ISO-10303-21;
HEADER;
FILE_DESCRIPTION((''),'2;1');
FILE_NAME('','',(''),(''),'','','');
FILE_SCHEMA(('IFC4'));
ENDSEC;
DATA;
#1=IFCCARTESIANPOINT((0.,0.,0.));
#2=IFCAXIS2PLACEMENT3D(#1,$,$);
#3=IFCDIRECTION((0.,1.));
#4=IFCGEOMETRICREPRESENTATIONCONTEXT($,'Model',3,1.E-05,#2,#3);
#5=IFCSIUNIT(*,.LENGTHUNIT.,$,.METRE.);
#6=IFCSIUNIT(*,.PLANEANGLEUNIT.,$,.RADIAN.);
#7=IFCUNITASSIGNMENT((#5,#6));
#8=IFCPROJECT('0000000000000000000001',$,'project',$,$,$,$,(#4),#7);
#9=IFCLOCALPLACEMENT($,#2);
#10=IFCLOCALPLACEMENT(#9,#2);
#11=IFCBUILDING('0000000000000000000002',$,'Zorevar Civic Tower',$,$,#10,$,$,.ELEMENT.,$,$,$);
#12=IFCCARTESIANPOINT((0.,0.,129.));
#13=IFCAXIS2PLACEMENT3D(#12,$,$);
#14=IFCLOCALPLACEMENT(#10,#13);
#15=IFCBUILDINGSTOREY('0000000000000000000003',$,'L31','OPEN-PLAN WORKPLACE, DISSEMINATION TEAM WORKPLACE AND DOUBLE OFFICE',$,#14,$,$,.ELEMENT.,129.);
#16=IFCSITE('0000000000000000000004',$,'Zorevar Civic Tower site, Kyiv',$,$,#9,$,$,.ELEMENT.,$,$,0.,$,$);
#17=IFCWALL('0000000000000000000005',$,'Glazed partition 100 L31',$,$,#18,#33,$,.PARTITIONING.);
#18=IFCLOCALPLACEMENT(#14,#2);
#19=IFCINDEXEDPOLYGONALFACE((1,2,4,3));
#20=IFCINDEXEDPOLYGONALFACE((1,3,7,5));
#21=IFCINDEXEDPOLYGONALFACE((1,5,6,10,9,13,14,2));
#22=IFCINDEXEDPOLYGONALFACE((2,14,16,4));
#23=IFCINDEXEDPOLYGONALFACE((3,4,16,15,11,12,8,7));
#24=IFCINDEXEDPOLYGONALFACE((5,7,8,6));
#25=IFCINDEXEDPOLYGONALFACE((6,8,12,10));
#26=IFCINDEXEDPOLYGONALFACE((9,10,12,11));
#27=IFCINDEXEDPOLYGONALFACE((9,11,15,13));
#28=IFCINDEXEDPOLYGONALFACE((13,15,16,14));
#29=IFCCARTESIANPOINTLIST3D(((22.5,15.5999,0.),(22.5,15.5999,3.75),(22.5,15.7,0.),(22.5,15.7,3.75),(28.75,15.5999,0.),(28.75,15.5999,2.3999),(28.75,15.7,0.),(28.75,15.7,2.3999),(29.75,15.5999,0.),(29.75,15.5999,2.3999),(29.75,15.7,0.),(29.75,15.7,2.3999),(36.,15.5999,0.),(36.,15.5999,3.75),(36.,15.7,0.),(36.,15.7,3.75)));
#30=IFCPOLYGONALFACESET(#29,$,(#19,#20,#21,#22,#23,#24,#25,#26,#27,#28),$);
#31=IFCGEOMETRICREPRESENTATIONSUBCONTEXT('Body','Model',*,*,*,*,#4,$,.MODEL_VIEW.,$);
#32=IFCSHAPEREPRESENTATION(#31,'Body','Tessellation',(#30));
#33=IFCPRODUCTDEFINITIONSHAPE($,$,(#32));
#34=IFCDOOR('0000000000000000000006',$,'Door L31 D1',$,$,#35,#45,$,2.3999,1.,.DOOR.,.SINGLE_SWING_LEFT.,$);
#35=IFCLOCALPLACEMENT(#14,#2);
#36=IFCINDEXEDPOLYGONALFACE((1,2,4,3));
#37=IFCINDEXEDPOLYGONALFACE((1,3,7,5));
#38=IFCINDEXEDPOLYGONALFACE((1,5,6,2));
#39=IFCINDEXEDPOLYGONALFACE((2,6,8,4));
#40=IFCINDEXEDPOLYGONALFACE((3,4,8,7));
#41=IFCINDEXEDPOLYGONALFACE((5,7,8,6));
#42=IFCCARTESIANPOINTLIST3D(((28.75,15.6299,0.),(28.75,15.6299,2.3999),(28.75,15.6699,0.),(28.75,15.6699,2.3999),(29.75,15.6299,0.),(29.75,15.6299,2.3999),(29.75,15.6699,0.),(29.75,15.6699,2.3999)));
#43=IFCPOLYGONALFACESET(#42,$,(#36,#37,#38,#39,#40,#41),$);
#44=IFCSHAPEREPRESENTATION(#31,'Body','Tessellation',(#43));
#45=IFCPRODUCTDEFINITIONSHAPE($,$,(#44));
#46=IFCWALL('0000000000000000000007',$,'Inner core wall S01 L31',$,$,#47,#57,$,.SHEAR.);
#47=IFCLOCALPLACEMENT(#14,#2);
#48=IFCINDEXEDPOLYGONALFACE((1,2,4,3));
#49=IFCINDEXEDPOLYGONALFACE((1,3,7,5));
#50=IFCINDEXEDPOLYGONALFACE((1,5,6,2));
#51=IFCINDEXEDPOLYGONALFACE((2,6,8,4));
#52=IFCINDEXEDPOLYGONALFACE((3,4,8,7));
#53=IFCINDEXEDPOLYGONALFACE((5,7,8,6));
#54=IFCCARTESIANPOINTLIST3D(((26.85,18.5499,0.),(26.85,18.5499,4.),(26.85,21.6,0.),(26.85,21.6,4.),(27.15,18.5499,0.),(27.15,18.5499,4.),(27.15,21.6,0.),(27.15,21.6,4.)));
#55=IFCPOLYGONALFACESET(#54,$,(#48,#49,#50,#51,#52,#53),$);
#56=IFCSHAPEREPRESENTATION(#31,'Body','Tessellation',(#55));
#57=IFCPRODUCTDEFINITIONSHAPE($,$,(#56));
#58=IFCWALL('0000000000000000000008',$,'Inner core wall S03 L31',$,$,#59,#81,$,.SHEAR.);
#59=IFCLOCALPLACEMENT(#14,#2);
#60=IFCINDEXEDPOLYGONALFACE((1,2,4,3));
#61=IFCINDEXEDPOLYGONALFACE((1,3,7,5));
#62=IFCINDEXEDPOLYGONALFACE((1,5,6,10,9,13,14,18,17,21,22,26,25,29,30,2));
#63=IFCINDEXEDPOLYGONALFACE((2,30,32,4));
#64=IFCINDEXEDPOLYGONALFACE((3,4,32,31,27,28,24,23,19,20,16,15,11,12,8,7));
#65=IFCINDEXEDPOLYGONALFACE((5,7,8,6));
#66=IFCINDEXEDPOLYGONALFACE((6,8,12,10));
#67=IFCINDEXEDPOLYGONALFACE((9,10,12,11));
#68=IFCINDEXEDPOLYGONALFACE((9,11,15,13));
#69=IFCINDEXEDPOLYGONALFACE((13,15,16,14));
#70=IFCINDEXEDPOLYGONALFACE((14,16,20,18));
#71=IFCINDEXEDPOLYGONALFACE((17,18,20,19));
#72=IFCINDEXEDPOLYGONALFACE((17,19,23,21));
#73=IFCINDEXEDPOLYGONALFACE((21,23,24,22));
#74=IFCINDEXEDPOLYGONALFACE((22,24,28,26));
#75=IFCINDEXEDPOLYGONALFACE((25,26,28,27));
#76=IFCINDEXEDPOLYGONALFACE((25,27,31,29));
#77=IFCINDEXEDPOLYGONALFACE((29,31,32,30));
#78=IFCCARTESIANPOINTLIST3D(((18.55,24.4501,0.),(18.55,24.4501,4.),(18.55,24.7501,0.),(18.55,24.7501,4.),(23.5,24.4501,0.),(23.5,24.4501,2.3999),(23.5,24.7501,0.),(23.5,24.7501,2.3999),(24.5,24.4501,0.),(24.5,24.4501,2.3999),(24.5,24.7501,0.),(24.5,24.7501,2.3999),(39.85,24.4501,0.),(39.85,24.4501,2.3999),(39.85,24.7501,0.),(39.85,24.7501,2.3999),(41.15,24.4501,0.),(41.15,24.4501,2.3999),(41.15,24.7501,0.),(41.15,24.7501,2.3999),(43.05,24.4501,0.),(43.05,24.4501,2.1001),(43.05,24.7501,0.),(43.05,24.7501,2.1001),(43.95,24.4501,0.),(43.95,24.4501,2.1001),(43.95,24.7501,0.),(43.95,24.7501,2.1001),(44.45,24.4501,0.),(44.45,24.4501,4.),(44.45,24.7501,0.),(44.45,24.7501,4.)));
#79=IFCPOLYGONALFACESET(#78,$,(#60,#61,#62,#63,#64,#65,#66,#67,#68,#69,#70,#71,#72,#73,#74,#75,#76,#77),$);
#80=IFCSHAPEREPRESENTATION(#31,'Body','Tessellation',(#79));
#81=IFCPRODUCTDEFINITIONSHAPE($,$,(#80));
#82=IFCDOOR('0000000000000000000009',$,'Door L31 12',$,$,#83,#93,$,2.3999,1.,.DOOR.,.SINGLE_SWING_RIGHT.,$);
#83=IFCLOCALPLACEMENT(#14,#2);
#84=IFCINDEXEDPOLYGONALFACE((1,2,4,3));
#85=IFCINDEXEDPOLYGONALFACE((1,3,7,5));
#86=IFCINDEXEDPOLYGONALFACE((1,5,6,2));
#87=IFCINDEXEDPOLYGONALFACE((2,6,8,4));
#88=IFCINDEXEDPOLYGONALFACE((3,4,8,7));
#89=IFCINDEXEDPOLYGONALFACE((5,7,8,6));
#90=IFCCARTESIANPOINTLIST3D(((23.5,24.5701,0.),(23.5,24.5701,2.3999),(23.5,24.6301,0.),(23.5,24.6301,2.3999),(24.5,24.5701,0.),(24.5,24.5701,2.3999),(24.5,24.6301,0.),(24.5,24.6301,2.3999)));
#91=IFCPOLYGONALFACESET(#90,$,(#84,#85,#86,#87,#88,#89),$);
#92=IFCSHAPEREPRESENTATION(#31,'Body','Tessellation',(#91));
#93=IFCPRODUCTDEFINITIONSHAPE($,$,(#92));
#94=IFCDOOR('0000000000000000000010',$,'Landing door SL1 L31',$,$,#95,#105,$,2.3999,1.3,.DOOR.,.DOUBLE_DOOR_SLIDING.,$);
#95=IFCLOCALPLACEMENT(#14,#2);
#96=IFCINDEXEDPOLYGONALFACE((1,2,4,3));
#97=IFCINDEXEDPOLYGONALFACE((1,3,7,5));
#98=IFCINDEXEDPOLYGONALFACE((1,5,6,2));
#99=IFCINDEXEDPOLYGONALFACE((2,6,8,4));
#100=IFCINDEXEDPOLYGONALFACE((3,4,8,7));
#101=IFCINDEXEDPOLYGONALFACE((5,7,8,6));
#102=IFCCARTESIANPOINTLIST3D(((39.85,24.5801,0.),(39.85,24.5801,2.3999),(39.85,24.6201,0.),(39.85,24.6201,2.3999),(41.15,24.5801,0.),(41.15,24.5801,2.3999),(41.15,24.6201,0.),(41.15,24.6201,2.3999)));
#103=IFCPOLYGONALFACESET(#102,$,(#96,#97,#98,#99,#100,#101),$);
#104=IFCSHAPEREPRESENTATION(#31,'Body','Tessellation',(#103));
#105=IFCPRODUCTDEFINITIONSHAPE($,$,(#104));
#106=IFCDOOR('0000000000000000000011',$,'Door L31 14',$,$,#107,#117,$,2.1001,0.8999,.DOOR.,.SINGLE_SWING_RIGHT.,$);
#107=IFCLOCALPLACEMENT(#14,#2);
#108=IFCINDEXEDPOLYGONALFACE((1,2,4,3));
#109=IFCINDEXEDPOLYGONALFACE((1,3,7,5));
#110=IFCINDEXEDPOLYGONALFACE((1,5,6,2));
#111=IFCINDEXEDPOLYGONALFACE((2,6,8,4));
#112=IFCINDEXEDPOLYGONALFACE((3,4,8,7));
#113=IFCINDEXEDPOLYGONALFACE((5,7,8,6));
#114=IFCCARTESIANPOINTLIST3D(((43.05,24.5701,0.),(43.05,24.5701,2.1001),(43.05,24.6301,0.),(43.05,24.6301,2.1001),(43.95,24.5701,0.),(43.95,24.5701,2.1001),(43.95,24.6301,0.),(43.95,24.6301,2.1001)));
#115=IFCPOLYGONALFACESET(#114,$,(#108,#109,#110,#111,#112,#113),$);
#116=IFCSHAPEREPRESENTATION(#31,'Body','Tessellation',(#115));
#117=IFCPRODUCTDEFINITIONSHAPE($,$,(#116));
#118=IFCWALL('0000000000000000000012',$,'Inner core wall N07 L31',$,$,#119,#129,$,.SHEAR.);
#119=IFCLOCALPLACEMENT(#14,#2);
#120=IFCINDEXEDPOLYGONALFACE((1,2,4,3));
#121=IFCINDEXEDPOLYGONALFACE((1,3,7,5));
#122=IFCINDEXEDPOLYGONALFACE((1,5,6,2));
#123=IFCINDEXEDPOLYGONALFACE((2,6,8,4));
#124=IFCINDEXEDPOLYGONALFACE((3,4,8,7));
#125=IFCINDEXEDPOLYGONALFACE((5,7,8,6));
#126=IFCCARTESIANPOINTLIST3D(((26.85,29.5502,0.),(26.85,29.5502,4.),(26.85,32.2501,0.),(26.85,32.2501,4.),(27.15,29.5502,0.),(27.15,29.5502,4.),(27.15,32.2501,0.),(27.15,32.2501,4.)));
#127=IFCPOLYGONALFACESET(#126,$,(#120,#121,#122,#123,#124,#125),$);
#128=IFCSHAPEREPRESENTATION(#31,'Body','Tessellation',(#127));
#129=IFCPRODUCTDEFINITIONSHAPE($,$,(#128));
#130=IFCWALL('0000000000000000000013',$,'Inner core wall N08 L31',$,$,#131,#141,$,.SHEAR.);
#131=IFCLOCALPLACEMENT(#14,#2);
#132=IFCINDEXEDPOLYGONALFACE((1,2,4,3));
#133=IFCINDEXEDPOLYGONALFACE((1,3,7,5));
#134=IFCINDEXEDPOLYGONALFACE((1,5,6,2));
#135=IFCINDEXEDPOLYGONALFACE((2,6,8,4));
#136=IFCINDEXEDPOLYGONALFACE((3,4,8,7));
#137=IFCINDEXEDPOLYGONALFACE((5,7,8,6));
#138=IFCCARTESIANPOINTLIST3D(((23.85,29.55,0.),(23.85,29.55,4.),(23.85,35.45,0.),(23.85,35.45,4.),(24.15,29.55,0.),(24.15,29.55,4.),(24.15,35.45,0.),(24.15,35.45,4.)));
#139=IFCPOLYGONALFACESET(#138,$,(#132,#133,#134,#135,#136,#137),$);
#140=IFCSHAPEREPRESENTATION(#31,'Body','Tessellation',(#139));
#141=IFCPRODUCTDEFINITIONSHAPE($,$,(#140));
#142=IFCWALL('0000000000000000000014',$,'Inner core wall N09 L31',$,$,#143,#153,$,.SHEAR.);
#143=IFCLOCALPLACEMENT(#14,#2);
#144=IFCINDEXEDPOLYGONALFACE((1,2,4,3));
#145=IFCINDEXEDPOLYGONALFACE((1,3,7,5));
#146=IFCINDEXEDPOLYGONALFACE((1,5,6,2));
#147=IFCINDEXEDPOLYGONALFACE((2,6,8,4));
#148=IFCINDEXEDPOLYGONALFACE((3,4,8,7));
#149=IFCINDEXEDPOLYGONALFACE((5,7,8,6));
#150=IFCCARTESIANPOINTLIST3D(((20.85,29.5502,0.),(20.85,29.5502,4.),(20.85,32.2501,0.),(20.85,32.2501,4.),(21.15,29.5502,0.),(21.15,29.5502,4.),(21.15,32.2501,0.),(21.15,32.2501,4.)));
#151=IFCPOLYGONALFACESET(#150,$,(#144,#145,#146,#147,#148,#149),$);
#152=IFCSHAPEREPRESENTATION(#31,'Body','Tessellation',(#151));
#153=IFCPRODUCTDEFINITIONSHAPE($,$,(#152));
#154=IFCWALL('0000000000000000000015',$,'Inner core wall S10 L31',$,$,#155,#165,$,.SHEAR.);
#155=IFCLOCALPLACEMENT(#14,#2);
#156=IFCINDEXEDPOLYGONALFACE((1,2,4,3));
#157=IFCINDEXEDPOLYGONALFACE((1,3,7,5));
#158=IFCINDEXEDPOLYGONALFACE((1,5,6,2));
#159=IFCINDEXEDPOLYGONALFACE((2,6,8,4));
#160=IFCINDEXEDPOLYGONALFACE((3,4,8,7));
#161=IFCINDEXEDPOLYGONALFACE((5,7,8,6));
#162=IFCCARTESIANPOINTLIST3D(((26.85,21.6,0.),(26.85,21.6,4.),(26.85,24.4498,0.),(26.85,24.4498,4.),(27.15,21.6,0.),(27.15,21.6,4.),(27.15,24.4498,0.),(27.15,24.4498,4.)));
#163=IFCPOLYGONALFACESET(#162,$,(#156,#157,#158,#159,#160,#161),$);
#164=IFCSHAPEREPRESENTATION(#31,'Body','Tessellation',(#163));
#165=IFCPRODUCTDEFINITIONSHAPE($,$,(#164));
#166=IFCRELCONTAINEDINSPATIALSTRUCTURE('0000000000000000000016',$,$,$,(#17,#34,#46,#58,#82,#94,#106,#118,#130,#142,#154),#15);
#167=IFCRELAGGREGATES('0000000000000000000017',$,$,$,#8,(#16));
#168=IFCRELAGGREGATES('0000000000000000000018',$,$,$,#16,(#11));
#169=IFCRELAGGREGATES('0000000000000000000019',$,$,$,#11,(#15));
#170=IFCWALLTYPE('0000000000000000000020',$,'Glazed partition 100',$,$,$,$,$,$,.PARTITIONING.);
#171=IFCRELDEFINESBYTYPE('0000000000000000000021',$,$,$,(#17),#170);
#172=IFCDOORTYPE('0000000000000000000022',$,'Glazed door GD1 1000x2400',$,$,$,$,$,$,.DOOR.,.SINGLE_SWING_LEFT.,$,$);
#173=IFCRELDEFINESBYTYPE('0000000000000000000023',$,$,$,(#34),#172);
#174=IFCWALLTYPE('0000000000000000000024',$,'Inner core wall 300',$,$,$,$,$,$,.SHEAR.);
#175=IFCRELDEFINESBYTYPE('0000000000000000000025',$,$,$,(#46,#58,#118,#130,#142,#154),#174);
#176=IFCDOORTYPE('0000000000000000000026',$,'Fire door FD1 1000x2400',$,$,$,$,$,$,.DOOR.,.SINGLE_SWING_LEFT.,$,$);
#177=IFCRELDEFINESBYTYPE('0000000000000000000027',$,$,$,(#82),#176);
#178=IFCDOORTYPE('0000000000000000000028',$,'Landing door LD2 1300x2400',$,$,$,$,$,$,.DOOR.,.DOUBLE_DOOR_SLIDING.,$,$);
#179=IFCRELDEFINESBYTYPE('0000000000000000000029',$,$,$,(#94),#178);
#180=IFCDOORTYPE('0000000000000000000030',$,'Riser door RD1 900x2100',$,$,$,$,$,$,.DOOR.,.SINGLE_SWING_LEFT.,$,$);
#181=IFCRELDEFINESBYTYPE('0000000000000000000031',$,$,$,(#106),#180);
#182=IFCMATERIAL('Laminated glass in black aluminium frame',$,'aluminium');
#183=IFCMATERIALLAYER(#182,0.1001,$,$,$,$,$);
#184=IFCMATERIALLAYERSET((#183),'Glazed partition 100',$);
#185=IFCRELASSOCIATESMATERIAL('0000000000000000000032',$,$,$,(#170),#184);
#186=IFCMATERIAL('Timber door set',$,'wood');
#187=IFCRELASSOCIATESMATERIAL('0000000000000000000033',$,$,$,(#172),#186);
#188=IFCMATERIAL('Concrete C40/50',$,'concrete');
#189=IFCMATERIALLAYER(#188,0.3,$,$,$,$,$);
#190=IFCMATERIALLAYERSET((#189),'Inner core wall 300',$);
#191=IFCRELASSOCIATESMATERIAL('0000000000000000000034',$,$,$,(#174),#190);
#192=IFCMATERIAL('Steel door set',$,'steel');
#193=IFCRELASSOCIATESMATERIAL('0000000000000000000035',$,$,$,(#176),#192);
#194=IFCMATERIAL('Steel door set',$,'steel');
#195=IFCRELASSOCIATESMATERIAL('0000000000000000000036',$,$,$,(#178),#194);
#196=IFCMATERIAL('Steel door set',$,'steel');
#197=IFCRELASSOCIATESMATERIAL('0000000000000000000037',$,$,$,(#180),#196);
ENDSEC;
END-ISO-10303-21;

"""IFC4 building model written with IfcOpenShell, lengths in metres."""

from ifc_helpers import new_model, si_unit, direction, frame, frame_2d, origin, place, context, subcontext, project, spatial, rectangle, extrude, material, layer, layer_set, type_object, element, fill, save


model = new_model("IFC4")

# Units and contexts
model_context = context("Model", 3, precision=1e-05, world=origin(), true_north=direction((0.0, 1.0)))
body_context = subcontext(model_context, "Body", "Model", "MODEL_VIEW")
ifc_project = project(units=[si_unit("LENGTHUNIT", "METRE"), si_unit("PLANEANGLEUNIT", "RADIAN")], contexts=[model_context])

# Site, building, storey
site_placement = place(None, origin())
site = spatial("IfcSite", under=ifc_project, at=site_placement, Name="Zorevar Civic Tower site, Kyiv", CompositionType="ELEMENT", RefElevation=0.0)
building_placement = place(site_placement, origin())
building = spatial("IfcBuilding", under=site, at=building_placement, Name="Zorevar Civic Tower", CompositionType="ELEMENT")
storey_placement = place(building_placement, frame((0.0, 0.0, 129.0)))
storey = spatial("IfcBuildingStorey", under=building, at=storey_placement, Name="L31", Description="OPEN-PLAN WORKPLACE, DISSEMINATION TEAM WORKPLACE AND DOUBLE OFFICE", CompositionType="ELEMENT", Elevation=129.0)

# Wall, opening, door
ifc_material_1 = material(Name="Laminated glass in black aluminium frame", Category="aluminium")
ifc_layer_1 = layer(ifc_material_1, 0.1001)
ifc_layer_set_1 = layer_set([ifc_layer_1], Name="Glazed partition 100")
wall_type_1 = type_object("IfcWallType", Name="Glazed partition 100", PredefinedType="PARTITIONING", material=ifc_layer_set_1)
wall_1_placement = place(storey_placement, frame((22.5, 15.6499, 0.0), z_axis=(0.0, 0.0, 1.0), x_axis=(1.0, 0.0, 0.0)))
wall_1 = element("IfcWall", 1, at=wall_1_placement, inside=storey, type_object=wall_type_1, Name="Glazed partition 100 L31", PredefinedType="PARTITIONING", context=body_context, shape_type="SweptSolid", body=[
    extrude(rectangle(XDim=13.5, YDim=0.1001, at=frame_2d((6.75, 0.0))), origin(), (0.0, 0.0, 1.0), 3.75),
])
opening_1_placement = place(wall_1_placement, frame((6.25, 0.0, 0.0)))
opening_1 = element("IfcOpeningElement", 2, at=opening_1_placement, cuts=wall_1, PredefinedType="OPENING", context=body_context, shape_type="SweptSolid", body=[
    extrude(rectangle(XDim=1.0, YDim=2.3999, at=frame_2d((0.5, 1.2))), frame((0.0, 0.0601, 0.0), z_axis=(0.0, -1.0, 0.0), x_axis=(1.0, 0.0, 0.0)), (0.0, 0.0, 1.0), 0.1201),
])
ifc_material_2 = material(Name="Timber door set", Category="wood")
door_type_1 = type_object("IfcDoorType", Name="Glazed door GD1 1000x2400", OperationType="SINGLE_SWING_LEFT", PredefinedType="DOOR", material=ifc_material_2)
door_1_placement = place(opening_1_placement, origin())
door_1 = element("IfcDoor", 3, at=door_1_placement, inside=storey, type_object=door_type_1, Name="Door L31 D1", OperationType="SINGLE_SWING_LEFT", OverallHeight=2.3999, OverallWidth=1.0, PredefinedType="DOOR", context=body_context, shape_type="SweptSolid", body=[
    extrude(rectangle(XDim=1.0, YDim=2.3999, at=frame_2d((0.5, 1.2))), frame((0.0, 0.02, 0.0), z_axis=(0.0, -1.0, 0.0), x_axis=(1.0, 0.0, 0.0)), (0.0, 0.0, 1.0), 0.04),
])
fill(opening_1, door_1)

# Wall
ifc_material_3 = material(Name="Concrete C40/50", Category="concrete")
ifc_layer_2 = layer(ifc_material_3, 0.3)
ifc_layer_set_2 = layer_set([ifc_layer_2], Name="Inner core wall 300")
wall_type_2 = type_object("IfcWallType", Name="Inner core wall 300", PredefinedType="SHEAR", material=ifc_layer_set_2)
wall_2_placement = place(storey_placement, frame((27.0, 18.55, 0.0), z_axis=(0.0, 0.0, 1.0), x_axis=(0.0, 1.0, 0.0)))
element("IfcWall", 4, at=wall_2_placement, inside=storey, type_object=wall_type_2, Name="Inner core wall S01 L31", PredefinedType="SHEAR", context=body_context, shape_type="SweptSolid", body=[
    extrude(rectangle(XDim=3.05, YDim=0.3, at=frame_2d((1.5249, 0.0))), origin(), (0.0, 0.0, 1.0), 4.0),
])

# Wall, openings, doors
wall_3_placement = place(storey_placement, frame((18.55, 24.6001, 0.0), z_axis=(0.0, 0.0, 1.0), x_axis=(1.0, 0.0, 0.0)))
wall_3 = element("IfcWall", 5, at=wall_3_placement, inside=storey, type_object=wall_type_2, Name="Inner core wall S03 L31", PredefinedType="SHEAR", context=body_context, shape_type="SweptSolid", body=[
    extrude(rectangle(XDim=25.8999, YDim=0.3, at=frame_2d((12.95, 0.0))), origin(), (0.0, 0.0, 1.0), 4.0),
])
opening_2_placement = place(wall_3_placement, frame((4.95, 0.0, 0.0)))
opening_2 = element("IfcOpeningElement", 6, at=opening_2_placement, cuts=wall_3, PredefinedType="OPENING", context=body_context, shape_type="SweptSolid", body=[
    extrude(rectangle(XDim=1.0, YDim=2.3999, at=frame_2d((0.5, 1.2))), frame((0.0, 0.1599, 0.0), z_axis=(0.0, -1.0, 0.0), x_axis=(1.0, 0.0, 0.0)), (0.0, 0.0, 1.0), 0.3201),
])
opening_3_placement = place(wall_3_placement, frame((24.5, 0.0, 0.0)))
opening_3 = element("IfcOpeningElement", 7, at=opening_3_placement, cuts=wall_3, PredefinedType="OPENING", context=body_context, shape_type="SweptSolid", body=[
    extrude(rectangle(XDim=0.8999, YDim=2.1001, at=frame_2d((0.45, 1.05))), frame((0.0, 0.1599, 0.0), z_axis=(0.0, -1.0, 0.0), x_axis=(1.0, 0.0, 0.0)), (0.0, 0.0, 1.0), 0.3201),
])
opening_4_placement = place(wall_3_placement, frame((21.3, 0.0, 0.0)))
opening_4 = element("IfcOpeningElement", 8, at=opening_4_placement, cuts=wall_3, PredefinedType="OPENING", context=body_context, shape_type="SweptSolid", body=[
    extrude(rectangle(XDim=1.3, YDim=2.3999, at=frame_2d((0.6499, 1.2))), frame((0.0, 0.1599, 0.0), z_axis=(0.0, -1.0, 0.0), x_axis=(1.0, 0.0, 0.0)), (0.0, 0.0, 1.0), 0.3201),
])
ifc_material_4 = material(Name="Steel door set", Category="steel")
door_type_2 = type_object("IfcDoorType", Name="Fire door FD1 1000x2400", OperationType="SINGLE_SWING_LEFT", PredefinedType="DOOR", material=ifc_material_4)
door_2_placement = place(opening_2_placement, origin())
door_2 = element("IfcDoor", 9, at=door_2_placement, inside=storey, type_object=door_type_2, Name="Door L31 12", OperationType="SINGLE_SWING_RIGHT", OverallHeight=2.3999, OverallWidth=1.0, PredefinedType="DOOR", context=body_context, shape_type="SweptSolid", body=[
    extrude(rectangle(XDim=1.0, YDim=2.3999, at=frame_2d((0.5, 1.2))), frame((0.0, 0.03, 0.0), z_axis=(0.0, -1.0, 0.0), x_axis=(1.0, 0.0, 0.0)), (0.0, 0.0, 1.0), 0.0601),
])
fill(opening_2, door_2)
ifc_material_5 = material(Name="Steel door set", Category="steel")
door_type_3 = type_object("IfcDoorType", Name="Landing door LD2 1300x2400", OperationType="DOUBLE_DOOR_SLIDING", PredefinedType="DOOR", material=ifc_material_5)
door_3_placement = place(opening_4_placement, origin())
door_3 = element("IfcDoor", 10, at=door_3_placement, inside=storey, type_object=door_type_3, Name="Landing door SL1 L31", OperationType="DOUBLE_DOOR_SLIDING", OverallHeight=2.3999, OverallWidth=1.3, PredefinedType="DOOR", context=body_context, shape_type="SweptSolid", body=[
    extrude(rectangle(XDim=1.3, YDim=2.3999, at=frame_2d((0.6499, 1.2))), frame((0.0, 0.02, 0.0), z_axis=(0.0, -1.0, 0.0), x_axis=(1.0, 0.0, 0.0)), (0.0, 0.0, 1.0), 0.04),
])
fill(opening_4, door_3)
ifc_material_6 = material(Name="Steel door set", Category="steel")
door_type_4 = type_object("IfcDoorType", Name="Riser door RD1 900x2100", OperationType="SINGLE_SWING_LEFT", PredefinedType="DOOR", material=ifc_material_6)
door_4_placement = place(opening_3_placement, origin())
door_4 = element("IfcDoor", 11, at=door_4_placement, inside=storey, type_object=door_type_4, Name="Door L31 14", OperationType="SINGLE_SWING_RIGHT", OverallHeight=2.1001, OverallWidth=0.8999, PredefinedType="DOOR", context=body_context, shape_type="SweptSolid", body=[
    extrude(rectangle(XDim=0.8999, YDim=2.1001, at=frame_2d((0.45, 1.05))), frame((0.0, 0.03, 0.0), z_axis=(0.0, -1.0, 0.0), x_axis=(1.0, 0.0, 0.0)), (0.0, 0.0, 1.0), 0.0601),
])
fill(opening_3, door_4)

# Walls
wall_4_placement = place(storey_placement, frame((27.0, 29.55, 0.0), z_axis=(0.0, 0.0, 1.0), x_axis=(0.0, 1.0, 0.0)))
element("IfcWall", 12, at=wall_4_placement, inside=storey, type_object=wall_type_2, Name="Inner core wall N07 L31", PredefinedType="SHEAR", context=body_context, shape_type="SweptSolid", body=[
    extrude(rectangle(XDim=2.7, YDim=0.3, at=frame_2d((1.3501, 0.0))), origin(), (0.0, 0.0, 1.0), 4.0),
])
wall_5_placement = place(storey_placement, frame((24.0, 29.55, 0.0), z_axis=(0.0, 0.0, 1.0), x_axis=(0.0, 1.0, 0.0)))
element("IfcWall", 13, at=wall_5_placement, inside=storey, type_object=wall_type_2, Name="Inner core wall N08 L31", PredefinedType="SHEAR", context=body_context, shape_type="SweptSolid", body=[
    extrude(rectangle(XDim=5.8999, YDim=0.3, at=frame_2d((2.95, 0.0))), origin(), (0.0, 0.0, 1.0), 4.0),
])
wall_6_placement = place(storey_placement, frame((21.0, 29.55, 0.0), z_axis=(0.0, 0.0, 1.0), x_axis=(0.0, 1.0, 0.0)))
element("IfcWall", 14, at=wall_6_placement, inside=storey, type_object=wall_type_2, Name="Inner core wall N09 L31", PredefinedType="SHEAR", context=body_context, shape_type="SweptSolid", body=[
    extrude(rectangle(XDim=2.7, YDim=0.3, at=frame_2d((1.3501, 0.0))), origin(), (0.0, 0.0, 1.0), 4.0),
])
wall_7_placement = place(storey_placement, frame((27.0, 21.6001, 0.0), z_axis=(0.0, 0.0, 1.0), x_axis=(0.0, 1.0, 0.0)))
element("IfcWall", 15, at=wall_7_placement, inside=storey, type_object=wall_type_2, Name="Inner core wall S10 L31", PredefinedType="SHEAR", context=body_context, shape_type="SweptSolid", body=[
    extrude(rectangle(XDim=2.8499, YDim=0.3, at=frame_2d((1.4248, 0.0))), origin(), (0.0, 0.0, 1.0), 4.0),
])

save(model, "model.ifc")
